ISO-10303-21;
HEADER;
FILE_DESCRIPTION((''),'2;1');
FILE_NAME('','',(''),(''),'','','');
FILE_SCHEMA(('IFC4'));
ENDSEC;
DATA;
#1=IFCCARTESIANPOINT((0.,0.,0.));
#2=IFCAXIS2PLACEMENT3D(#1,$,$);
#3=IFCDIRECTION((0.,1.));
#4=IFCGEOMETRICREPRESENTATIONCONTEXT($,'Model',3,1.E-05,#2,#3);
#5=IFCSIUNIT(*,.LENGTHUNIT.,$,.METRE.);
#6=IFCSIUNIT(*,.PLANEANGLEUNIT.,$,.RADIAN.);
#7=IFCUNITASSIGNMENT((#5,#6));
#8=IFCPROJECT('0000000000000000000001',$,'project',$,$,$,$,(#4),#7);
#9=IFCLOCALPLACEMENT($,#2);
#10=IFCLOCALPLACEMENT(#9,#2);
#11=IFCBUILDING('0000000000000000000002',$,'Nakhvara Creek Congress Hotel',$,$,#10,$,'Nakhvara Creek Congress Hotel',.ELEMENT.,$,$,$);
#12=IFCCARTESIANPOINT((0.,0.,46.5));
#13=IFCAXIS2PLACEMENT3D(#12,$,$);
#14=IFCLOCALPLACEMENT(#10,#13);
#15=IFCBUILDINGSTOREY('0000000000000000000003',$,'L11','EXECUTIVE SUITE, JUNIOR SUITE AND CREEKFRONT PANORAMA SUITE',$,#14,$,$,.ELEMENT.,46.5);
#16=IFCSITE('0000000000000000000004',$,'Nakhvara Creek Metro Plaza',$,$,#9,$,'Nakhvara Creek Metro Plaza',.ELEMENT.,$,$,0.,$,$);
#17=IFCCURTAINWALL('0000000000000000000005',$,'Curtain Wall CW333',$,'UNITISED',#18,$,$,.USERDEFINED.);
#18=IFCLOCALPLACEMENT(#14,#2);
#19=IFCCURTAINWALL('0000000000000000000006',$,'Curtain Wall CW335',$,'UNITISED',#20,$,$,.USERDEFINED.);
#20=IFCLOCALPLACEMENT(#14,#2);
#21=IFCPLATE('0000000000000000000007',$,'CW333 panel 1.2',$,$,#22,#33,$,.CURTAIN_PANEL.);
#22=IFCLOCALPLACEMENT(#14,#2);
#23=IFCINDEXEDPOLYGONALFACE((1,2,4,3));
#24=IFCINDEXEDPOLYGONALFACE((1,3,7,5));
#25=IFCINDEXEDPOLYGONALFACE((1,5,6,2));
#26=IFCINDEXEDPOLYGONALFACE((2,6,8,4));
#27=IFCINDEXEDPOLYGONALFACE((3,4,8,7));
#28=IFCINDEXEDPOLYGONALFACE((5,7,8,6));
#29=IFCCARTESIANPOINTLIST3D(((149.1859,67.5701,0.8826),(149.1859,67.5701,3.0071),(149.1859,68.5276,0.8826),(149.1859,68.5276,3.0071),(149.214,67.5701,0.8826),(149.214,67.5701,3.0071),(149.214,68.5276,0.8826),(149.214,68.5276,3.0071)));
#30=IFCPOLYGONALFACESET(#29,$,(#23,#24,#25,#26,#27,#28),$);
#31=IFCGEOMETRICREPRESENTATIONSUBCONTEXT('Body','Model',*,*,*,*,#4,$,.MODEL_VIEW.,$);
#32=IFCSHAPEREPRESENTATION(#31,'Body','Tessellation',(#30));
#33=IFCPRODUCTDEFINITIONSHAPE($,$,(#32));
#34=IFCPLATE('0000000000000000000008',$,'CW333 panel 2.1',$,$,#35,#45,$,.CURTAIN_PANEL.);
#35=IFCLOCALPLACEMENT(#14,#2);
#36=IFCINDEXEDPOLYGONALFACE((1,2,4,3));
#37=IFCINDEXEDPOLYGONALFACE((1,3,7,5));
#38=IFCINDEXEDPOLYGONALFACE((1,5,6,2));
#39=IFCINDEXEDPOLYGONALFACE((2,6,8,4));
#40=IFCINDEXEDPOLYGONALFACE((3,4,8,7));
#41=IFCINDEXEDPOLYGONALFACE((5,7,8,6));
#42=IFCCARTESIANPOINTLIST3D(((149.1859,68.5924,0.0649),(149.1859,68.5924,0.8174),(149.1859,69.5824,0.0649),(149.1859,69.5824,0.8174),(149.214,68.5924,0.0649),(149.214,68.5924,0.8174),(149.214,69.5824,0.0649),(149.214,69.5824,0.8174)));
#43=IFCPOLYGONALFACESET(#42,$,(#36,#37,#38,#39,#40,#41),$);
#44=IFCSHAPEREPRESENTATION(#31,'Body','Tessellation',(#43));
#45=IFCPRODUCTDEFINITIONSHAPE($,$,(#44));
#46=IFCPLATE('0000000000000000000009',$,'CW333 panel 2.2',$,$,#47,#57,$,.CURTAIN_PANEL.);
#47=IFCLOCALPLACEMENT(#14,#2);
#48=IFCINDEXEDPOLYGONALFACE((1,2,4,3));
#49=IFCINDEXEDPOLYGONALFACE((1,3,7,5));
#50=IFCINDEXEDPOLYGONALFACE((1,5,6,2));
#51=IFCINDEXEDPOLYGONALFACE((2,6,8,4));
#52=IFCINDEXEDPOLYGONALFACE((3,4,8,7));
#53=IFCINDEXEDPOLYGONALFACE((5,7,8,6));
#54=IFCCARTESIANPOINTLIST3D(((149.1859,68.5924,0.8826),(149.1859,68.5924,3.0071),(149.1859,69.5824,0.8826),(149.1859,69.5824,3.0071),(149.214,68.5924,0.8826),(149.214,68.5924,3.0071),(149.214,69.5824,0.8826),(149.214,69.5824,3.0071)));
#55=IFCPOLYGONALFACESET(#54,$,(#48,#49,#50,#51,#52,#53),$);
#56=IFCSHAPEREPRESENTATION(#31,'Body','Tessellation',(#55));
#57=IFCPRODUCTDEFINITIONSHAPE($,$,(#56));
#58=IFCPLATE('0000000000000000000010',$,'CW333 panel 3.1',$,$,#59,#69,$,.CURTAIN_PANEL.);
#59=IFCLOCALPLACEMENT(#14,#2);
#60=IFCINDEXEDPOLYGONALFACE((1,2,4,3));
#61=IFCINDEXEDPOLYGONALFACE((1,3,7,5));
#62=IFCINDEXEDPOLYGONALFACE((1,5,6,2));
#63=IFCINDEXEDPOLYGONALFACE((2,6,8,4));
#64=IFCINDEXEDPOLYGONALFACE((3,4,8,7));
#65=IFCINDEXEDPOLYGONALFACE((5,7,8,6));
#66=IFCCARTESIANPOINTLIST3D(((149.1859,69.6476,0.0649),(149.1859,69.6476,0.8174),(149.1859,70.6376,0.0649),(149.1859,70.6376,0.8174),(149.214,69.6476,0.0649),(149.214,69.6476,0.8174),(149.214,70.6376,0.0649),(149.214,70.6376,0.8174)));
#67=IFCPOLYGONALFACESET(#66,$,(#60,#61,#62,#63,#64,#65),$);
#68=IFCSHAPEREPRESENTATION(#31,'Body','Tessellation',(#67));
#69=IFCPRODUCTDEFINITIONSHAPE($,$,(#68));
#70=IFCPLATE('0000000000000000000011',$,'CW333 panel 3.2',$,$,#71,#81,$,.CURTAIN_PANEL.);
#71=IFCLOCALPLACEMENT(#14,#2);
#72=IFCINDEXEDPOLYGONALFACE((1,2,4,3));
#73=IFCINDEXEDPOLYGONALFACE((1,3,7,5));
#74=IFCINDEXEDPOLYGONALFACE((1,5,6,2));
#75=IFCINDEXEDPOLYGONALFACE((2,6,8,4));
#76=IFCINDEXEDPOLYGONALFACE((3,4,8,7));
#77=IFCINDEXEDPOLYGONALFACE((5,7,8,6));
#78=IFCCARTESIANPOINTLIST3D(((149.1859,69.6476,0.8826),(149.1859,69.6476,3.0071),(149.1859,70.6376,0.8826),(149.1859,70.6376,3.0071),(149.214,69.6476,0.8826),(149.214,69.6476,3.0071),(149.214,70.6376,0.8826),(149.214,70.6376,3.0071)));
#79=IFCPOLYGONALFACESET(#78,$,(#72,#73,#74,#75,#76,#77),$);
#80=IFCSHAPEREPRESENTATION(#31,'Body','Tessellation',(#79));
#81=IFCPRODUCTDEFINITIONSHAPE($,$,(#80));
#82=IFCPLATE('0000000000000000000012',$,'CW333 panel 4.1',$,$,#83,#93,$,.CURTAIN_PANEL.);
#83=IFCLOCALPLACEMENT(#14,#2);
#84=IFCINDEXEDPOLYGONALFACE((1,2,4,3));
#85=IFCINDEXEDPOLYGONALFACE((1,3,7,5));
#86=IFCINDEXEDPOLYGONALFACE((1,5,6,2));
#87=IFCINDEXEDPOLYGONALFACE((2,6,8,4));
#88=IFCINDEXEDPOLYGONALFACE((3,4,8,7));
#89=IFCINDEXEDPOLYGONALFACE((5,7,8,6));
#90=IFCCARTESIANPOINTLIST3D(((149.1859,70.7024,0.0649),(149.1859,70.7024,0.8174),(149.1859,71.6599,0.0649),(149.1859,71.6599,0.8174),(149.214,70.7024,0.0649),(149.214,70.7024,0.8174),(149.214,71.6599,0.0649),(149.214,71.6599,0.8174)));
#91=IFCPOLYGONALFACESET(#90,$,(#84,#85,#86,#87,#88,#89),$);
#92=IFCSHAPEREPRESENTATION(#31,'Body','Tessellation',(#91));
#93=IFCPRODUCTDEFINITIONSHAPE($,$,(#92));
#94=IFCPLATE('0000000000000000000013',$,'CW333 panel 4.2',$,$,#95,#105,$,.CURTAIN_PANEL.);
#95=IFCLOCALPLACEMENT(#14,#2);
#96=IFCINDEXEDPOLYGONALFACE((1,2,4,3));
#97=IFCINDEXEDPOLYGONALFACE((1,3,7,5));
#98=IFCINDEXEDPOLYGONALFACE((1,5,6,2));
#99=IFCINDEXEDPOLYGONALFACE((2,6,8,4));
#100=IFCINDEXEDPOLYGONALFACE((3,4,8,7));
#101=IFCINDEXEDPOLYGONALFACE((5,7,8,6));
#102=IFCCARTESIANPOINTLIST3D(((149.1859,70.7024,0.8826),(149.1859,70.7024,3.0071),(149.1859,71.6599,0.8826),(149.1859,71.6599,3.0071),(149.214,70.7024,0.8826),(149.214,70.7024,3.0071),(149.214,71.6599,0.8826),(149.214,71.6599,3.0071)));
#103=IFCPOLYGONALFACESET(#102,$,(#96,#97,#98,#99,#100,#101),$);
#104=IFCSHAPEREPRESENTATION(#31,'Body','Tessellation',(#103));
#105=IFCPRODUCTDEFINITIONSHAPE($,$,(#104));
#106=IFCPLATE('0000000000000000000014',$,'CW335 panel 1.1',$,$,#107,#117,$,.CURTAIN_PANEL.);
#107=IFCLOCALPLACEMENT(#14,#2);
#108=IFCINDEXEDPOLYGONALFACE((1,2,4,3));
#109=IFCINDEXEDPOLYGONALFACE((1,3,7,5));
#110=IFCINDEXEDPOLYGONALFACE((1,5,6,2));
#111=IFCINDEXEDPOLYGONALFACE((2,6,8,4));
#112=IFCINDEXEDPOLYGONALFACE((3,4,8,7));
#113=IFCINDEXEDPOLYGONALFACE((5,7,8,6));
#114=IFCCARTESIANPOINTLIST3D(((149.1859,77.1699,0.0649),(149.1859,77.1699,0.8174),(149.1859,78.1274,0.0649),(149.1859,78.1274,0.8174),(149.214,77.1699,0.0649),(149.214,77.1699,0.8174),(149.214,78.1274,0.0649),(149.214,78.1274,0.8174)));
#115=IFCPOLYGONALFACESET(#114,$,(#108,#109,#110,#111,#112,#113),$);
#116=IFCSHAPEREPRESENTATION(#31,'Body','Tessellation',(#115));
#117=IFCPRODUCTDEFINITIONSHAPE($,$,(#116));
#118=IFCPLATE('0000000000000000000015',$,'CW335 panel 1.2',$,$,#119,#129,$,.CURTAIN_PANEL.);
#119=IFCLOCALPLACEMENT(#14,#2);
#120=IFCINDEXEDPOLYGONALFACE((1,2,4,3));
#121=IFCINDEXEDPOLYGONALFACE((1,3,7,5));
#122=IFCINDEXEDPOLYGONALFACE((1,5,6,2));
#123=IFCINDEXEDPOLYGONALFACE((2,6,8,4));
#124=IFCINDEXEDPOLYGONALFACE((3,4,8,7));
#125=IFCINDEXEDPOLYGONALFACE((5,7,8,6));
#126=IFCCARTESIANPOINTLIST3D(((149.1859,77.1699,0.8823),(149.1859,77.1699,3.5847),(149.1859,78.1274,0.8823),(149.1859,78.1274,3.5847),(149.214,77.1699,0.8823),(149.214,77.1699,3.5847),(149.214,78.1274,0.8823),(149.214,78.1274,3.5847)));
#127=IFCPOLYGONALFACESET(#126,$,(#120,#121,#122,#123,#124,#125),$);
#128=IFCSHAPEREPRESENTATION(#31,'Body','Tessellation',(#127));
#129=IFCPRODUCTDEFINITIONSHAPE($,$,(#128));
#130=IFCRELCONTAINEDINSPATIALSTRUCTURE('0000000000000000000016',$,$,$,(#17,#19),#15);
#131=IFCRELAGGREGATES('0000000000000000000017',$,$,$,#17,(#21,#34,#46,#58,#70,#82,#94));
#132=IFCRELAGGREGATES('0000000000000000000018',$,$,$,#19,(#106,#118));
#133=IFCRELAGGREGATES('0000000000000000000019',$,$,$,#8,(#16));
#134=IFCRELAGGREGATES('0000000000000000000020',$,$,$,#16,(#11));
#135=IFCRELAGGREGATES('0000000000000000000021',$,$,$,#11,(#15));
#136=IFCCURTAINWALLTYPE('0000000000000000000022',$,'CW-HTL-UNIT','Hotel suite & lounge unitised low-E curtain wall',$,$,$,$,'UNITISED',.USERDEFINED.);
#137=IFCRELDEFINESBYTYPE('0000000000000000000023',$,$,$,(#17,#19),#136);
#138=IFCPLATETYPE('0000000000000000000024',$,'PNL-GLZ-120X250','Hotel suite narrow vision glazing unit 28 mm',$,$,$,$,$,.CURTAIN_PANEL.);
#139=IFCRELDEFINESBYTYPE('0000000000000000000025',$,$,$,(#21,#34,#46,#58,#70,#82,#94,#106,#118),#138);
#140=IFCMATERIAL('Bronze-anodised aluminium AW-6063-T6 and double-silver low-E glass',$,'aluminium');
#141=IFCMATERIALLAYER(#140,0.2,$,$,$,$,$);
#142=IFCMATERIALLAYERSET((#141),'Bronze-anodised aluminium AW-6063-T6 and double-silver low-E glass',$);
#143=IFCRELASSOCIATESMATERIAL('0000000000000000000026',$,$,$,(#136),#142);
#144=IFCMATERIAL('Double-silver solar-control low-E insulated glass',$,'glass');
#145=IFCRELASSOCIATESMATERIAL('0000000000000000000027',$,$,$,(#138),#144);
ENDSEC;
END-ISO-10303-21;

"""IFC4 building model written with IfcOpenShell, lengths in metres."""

from ifc_helpers import new_model, si_unit, direction, frame, origin, origin_2d, place, context, subcontext, project, spatial, rectangle, extrude, material, layer, layer_set, type_object, element, aggregate, save


model = new_model("IFC4")

# Units and contexts
model_context = context("Model", 3, precision=1e-05, world=origin(), true_north=direction((0.0, 1.0)))
body_context = subcontext(model_context, "Body", "Model", "MODEL_VIEW")
ifc_project = project(units=[si_unit("LENGTHUNIT", "METRE"), si_unit("PLANEANGLEUNIT", "RADIAN")], contexts=[model_context])

# Site, building, storey
site_placement = place(None, origin())
site = spatial("IfcSite", under=ifc_project, at=site_placement, Name="Nakhvara Creek Metro Plaza", LongName="Nakhvara Creek Metro Plaza", CompositionType="ELEMENT", RefElevation=0.0)
building_placement = place(site_placement, origin())
building = spatial("IfcBuilding", under=site, at=building_placement, Name="Nakhvara Creek Congress Hotel", LongName="Nakhvara Creek Congress Hotel", CompositionType="ELEMENT")
storey_placement = place(building_placement, frame((0.0, 0.0, 46.5)))
storey = spatial("IfcBuildingStorey", under=building, at=storey_placement, Name="L11", Description="EXECUTIVE SUITE, JUNIOR SUITE AND CREEKFRONT PANORAMA SUITE", CompositionType="ELEMENT", Elevation=46.5)

# Curtain wall
ifc_material_1 = material(Name="Bronze-anodised aluminium AW-6063-T6 and double-silver low-E glass", Category="aluminium")
ifc_layer = layer(ifc_material_1, 0.2)
ifc_layer_set = layer_set([ifc_layer], Name="Bronze-anodised aluminium AW-6063-T6 and double-silver low-E glass")
curtain_wall_type = type_object("IfcCurtainWallType", Name="CW-HTL-UNIT", Description="Hotel suite & lounge unitised low-E curtain wall", ElementType="UNITISED", PredefinedType="USERDEFINED", material=ifc_layer_set)
curtain_wall_1_placement = place(storey_placement, origin())
curtain_wall_1 = element("IfcCurtainWall", 1, at=curtain_wall_1_placement, inside=storey, type_object=curtain_wall_type, Name="Curtain Wall CW333", ObjectType="UNITISED", PredefinedType="USERDEFINED")

# Curtain wall
curtain_wall_2_placement = place(storey_placement, origin())
curtain_wall_2 = element("IfcCurtainWall", 2, at=curtain_wall_2_placement, inside=storey, type_object=curtain_wall_type, Name="Curtain Wall CW335", ObjectType="UNITISED", PredefinedType="USERDEFINED")

# Plates
ifc_material_2 = material(Name="Double-silver solar-control low-E insulated glass", Category="glass")
plate_type = type_object("IfcPlateType", Name="PNL-GLZ-120X250", Description="Hotel suite narrow vision glazing unit 28 mm", PredefinedType="CURTAIN_PANEL", material=ifc_material_2)
plate_1_placement = place(storey_placement, frame((149.2, 68.0488, 0.8826), z_axis=(0.0, 0.0, 1.0), x_axis=(0.0, 1.0, 0.0)))
plate_1 = element("IfcPlate", 3, at=plate_1_placement, type_object=plate_type, Name="CW333 panel 1.2", PredefinedType="CURTAIN_PANEL", context=body_context, shape_type="SweptSolid", body=[
    extrude(rectangle(XDim=0.9575, YDim=0.0281, at=origin_2d()), origin(), (0.0, 0.0, 1.0), 2.1245),
])
plate_2_placement = place(storey_placement, frame((149.2, 69.0874, 0.0649), z_axis=(0.0, 0.0, 1.0), x_axis=(0.0, 1.0, 0.0)))
plate_2 = element("IfcPlate", 4, at=plate_2_placement, type_object=plate_type, Name="CW333 panel 2.1", PredefinedType="CURTAIN_PANEL", context=body_context, shape_type="SweptSolid", body=[
    extrude(rectangle(XDim=0.99, YDim=0.0281, at=origin_2d()), origin(), (0.0, 0.0, 1.0), 0.7524),
])
plate_3_placement = place(storey_placement, frame((149.2, 69.0874, 0.8826), z_axis=(0.0, 0.0, 1.0), x_axis=(0.0, 1.0, 0.0)))
plate_3 = element("IfcPlate", 5, at=plate_3_placement, type_object=plate_type, Name="CW333 panel 2.2", PredefinedType="CURTAIN_PANEL", context=body_context, shape_type="SweptSolid", body=[
    extrude(rectangle(XDim=0.99, YDim=0.0281, at=origin_2d()), origin(), (0.0, 0.0, 1.0), 2.1245),
])
plate_4_placement = place(storey_placement, frame((149.2, 70.1426, 0.0649), z_axis=(0.0, 0.0, 1.0), x_axis=(0.0, 1.0, 0.0)))
plate_4 = element("IfcPlate", 6, at=plate_4_placement, type_object=plate_type, Name="CW333 panel 3.1", PredefinedType="CURTAIN_PANEL", context=body_context, shape_type="SweptSolid", body=[
    extrude(rectangle(XDim=0.99, YDim=0.0281, at=origin_2d()), origin(), (0.0, 0.0, 1.0), 0.7524),
])
plate_5_placement = place(storey_placement, frame((149.2, 70.1426, 0.8826), z_axis=(0.0, 0.0, 1.0), x_axis=(0.0, 1.0, 0.0)))
plate_5 = element("IfcPlate", 7, at=plate_5_placement, type_object=plate_type, Name="CW333 panel 3.2", PredefinedType="CURTAIN_PANEL", context=body_context, shape_type="SweptSolid", body=[
    extrude(rectangle(XDim=0.99, YDim=0.0281, at=origin_2d()), origin(), (0.0, 0.0, 1.0), 2.1245),
])
plate_6_placement = place(storey_placement, frame((149.2, 71.1812, 0.0649), z_axis=(0.0, 0.0, 1.0), x_axis=(0.0, 1.0, 0.0)))
plate_6 = element("IfcPlate", 8, at=plate_6_placement, type_object=plate_type, Name="CW333 panel 4.1", PredefinedType="CURTAIN_PANEL", context=body_context, shape_type="SweptSolid", body=[
    extrude(rectangle(XDim=0.9575, YDim=0.0281, at=origin_2d()), origin(), (0.0, 0.0, 1.0), 0.7524),
])
plate_7_placement = place(storey_placement, frame((149.2, 71.1812, 0.8826), z_axis=(0.0, 0.0, 1.0), x_axis=(0.0, 1.0, 0.0)))
plate_7 = element("IfcPlate", 9, at=plate_7_placement, type_object=plate_type, Name="CW333 panel 4.2", PredefinedType="CURTAIN_PANEL", context=body_context, shape_type="SweptSolid", body=[
    extrude(rectangle(XDim=0.9575, YDim=0.0281, at=origin_2d()), origin(), (0.0, 0.0, 1.0), 2.1245),
])
aggregate(curtain_wall_1, [plate_1, plate_2, plate_3, plate_4, plate_5, plate_6, plate_7])
plate_8_placement = place(storey_placement, frame((149.2, 77.6487, 0.0649), z_axis=(0.0, 0.0, 1.0), x_axis=(0.0, 1.0, 0.0)))
plate_8 = element("IfcPlate", 10, at=plate_8_placement, type_object=plate_type, Name="CW335 panel 1.1", PredefinedType="CURTAIN_PANEL", context=body_context, shape_type="SweptSolid", body=[
    extrude(rectangle(XDim=0.9575, YDim=0.0281, at=origin_2d()), origin(), (0.0, 0.0, 1.0), 0.7524),
])
plate_9_placement = place(storey_placement, frame((149.2, 77.6487, 0.8823), z_axis=(0.0, 0.0, 1.0), x_axis=(0.0, 1.0, 0.0)))
plate_9 = element("IfcPlate", 11, at=plate_9_placement, type_object=plate_type, Name="CW335 panel 1.2", PredefinedType="CURTAIN_PANEL", context=body_context, shape_type="SweptSolid", body=[
    extrude(rectangle(XDim=0.9575, YDim=0.0281, at=origin_2d()), origin(), (0.0, 0.0, 1.0), 2.7024),
])
aggregate(curtain_wall_2, [plate_8, plate_9])

save(model, "model.ifc")
